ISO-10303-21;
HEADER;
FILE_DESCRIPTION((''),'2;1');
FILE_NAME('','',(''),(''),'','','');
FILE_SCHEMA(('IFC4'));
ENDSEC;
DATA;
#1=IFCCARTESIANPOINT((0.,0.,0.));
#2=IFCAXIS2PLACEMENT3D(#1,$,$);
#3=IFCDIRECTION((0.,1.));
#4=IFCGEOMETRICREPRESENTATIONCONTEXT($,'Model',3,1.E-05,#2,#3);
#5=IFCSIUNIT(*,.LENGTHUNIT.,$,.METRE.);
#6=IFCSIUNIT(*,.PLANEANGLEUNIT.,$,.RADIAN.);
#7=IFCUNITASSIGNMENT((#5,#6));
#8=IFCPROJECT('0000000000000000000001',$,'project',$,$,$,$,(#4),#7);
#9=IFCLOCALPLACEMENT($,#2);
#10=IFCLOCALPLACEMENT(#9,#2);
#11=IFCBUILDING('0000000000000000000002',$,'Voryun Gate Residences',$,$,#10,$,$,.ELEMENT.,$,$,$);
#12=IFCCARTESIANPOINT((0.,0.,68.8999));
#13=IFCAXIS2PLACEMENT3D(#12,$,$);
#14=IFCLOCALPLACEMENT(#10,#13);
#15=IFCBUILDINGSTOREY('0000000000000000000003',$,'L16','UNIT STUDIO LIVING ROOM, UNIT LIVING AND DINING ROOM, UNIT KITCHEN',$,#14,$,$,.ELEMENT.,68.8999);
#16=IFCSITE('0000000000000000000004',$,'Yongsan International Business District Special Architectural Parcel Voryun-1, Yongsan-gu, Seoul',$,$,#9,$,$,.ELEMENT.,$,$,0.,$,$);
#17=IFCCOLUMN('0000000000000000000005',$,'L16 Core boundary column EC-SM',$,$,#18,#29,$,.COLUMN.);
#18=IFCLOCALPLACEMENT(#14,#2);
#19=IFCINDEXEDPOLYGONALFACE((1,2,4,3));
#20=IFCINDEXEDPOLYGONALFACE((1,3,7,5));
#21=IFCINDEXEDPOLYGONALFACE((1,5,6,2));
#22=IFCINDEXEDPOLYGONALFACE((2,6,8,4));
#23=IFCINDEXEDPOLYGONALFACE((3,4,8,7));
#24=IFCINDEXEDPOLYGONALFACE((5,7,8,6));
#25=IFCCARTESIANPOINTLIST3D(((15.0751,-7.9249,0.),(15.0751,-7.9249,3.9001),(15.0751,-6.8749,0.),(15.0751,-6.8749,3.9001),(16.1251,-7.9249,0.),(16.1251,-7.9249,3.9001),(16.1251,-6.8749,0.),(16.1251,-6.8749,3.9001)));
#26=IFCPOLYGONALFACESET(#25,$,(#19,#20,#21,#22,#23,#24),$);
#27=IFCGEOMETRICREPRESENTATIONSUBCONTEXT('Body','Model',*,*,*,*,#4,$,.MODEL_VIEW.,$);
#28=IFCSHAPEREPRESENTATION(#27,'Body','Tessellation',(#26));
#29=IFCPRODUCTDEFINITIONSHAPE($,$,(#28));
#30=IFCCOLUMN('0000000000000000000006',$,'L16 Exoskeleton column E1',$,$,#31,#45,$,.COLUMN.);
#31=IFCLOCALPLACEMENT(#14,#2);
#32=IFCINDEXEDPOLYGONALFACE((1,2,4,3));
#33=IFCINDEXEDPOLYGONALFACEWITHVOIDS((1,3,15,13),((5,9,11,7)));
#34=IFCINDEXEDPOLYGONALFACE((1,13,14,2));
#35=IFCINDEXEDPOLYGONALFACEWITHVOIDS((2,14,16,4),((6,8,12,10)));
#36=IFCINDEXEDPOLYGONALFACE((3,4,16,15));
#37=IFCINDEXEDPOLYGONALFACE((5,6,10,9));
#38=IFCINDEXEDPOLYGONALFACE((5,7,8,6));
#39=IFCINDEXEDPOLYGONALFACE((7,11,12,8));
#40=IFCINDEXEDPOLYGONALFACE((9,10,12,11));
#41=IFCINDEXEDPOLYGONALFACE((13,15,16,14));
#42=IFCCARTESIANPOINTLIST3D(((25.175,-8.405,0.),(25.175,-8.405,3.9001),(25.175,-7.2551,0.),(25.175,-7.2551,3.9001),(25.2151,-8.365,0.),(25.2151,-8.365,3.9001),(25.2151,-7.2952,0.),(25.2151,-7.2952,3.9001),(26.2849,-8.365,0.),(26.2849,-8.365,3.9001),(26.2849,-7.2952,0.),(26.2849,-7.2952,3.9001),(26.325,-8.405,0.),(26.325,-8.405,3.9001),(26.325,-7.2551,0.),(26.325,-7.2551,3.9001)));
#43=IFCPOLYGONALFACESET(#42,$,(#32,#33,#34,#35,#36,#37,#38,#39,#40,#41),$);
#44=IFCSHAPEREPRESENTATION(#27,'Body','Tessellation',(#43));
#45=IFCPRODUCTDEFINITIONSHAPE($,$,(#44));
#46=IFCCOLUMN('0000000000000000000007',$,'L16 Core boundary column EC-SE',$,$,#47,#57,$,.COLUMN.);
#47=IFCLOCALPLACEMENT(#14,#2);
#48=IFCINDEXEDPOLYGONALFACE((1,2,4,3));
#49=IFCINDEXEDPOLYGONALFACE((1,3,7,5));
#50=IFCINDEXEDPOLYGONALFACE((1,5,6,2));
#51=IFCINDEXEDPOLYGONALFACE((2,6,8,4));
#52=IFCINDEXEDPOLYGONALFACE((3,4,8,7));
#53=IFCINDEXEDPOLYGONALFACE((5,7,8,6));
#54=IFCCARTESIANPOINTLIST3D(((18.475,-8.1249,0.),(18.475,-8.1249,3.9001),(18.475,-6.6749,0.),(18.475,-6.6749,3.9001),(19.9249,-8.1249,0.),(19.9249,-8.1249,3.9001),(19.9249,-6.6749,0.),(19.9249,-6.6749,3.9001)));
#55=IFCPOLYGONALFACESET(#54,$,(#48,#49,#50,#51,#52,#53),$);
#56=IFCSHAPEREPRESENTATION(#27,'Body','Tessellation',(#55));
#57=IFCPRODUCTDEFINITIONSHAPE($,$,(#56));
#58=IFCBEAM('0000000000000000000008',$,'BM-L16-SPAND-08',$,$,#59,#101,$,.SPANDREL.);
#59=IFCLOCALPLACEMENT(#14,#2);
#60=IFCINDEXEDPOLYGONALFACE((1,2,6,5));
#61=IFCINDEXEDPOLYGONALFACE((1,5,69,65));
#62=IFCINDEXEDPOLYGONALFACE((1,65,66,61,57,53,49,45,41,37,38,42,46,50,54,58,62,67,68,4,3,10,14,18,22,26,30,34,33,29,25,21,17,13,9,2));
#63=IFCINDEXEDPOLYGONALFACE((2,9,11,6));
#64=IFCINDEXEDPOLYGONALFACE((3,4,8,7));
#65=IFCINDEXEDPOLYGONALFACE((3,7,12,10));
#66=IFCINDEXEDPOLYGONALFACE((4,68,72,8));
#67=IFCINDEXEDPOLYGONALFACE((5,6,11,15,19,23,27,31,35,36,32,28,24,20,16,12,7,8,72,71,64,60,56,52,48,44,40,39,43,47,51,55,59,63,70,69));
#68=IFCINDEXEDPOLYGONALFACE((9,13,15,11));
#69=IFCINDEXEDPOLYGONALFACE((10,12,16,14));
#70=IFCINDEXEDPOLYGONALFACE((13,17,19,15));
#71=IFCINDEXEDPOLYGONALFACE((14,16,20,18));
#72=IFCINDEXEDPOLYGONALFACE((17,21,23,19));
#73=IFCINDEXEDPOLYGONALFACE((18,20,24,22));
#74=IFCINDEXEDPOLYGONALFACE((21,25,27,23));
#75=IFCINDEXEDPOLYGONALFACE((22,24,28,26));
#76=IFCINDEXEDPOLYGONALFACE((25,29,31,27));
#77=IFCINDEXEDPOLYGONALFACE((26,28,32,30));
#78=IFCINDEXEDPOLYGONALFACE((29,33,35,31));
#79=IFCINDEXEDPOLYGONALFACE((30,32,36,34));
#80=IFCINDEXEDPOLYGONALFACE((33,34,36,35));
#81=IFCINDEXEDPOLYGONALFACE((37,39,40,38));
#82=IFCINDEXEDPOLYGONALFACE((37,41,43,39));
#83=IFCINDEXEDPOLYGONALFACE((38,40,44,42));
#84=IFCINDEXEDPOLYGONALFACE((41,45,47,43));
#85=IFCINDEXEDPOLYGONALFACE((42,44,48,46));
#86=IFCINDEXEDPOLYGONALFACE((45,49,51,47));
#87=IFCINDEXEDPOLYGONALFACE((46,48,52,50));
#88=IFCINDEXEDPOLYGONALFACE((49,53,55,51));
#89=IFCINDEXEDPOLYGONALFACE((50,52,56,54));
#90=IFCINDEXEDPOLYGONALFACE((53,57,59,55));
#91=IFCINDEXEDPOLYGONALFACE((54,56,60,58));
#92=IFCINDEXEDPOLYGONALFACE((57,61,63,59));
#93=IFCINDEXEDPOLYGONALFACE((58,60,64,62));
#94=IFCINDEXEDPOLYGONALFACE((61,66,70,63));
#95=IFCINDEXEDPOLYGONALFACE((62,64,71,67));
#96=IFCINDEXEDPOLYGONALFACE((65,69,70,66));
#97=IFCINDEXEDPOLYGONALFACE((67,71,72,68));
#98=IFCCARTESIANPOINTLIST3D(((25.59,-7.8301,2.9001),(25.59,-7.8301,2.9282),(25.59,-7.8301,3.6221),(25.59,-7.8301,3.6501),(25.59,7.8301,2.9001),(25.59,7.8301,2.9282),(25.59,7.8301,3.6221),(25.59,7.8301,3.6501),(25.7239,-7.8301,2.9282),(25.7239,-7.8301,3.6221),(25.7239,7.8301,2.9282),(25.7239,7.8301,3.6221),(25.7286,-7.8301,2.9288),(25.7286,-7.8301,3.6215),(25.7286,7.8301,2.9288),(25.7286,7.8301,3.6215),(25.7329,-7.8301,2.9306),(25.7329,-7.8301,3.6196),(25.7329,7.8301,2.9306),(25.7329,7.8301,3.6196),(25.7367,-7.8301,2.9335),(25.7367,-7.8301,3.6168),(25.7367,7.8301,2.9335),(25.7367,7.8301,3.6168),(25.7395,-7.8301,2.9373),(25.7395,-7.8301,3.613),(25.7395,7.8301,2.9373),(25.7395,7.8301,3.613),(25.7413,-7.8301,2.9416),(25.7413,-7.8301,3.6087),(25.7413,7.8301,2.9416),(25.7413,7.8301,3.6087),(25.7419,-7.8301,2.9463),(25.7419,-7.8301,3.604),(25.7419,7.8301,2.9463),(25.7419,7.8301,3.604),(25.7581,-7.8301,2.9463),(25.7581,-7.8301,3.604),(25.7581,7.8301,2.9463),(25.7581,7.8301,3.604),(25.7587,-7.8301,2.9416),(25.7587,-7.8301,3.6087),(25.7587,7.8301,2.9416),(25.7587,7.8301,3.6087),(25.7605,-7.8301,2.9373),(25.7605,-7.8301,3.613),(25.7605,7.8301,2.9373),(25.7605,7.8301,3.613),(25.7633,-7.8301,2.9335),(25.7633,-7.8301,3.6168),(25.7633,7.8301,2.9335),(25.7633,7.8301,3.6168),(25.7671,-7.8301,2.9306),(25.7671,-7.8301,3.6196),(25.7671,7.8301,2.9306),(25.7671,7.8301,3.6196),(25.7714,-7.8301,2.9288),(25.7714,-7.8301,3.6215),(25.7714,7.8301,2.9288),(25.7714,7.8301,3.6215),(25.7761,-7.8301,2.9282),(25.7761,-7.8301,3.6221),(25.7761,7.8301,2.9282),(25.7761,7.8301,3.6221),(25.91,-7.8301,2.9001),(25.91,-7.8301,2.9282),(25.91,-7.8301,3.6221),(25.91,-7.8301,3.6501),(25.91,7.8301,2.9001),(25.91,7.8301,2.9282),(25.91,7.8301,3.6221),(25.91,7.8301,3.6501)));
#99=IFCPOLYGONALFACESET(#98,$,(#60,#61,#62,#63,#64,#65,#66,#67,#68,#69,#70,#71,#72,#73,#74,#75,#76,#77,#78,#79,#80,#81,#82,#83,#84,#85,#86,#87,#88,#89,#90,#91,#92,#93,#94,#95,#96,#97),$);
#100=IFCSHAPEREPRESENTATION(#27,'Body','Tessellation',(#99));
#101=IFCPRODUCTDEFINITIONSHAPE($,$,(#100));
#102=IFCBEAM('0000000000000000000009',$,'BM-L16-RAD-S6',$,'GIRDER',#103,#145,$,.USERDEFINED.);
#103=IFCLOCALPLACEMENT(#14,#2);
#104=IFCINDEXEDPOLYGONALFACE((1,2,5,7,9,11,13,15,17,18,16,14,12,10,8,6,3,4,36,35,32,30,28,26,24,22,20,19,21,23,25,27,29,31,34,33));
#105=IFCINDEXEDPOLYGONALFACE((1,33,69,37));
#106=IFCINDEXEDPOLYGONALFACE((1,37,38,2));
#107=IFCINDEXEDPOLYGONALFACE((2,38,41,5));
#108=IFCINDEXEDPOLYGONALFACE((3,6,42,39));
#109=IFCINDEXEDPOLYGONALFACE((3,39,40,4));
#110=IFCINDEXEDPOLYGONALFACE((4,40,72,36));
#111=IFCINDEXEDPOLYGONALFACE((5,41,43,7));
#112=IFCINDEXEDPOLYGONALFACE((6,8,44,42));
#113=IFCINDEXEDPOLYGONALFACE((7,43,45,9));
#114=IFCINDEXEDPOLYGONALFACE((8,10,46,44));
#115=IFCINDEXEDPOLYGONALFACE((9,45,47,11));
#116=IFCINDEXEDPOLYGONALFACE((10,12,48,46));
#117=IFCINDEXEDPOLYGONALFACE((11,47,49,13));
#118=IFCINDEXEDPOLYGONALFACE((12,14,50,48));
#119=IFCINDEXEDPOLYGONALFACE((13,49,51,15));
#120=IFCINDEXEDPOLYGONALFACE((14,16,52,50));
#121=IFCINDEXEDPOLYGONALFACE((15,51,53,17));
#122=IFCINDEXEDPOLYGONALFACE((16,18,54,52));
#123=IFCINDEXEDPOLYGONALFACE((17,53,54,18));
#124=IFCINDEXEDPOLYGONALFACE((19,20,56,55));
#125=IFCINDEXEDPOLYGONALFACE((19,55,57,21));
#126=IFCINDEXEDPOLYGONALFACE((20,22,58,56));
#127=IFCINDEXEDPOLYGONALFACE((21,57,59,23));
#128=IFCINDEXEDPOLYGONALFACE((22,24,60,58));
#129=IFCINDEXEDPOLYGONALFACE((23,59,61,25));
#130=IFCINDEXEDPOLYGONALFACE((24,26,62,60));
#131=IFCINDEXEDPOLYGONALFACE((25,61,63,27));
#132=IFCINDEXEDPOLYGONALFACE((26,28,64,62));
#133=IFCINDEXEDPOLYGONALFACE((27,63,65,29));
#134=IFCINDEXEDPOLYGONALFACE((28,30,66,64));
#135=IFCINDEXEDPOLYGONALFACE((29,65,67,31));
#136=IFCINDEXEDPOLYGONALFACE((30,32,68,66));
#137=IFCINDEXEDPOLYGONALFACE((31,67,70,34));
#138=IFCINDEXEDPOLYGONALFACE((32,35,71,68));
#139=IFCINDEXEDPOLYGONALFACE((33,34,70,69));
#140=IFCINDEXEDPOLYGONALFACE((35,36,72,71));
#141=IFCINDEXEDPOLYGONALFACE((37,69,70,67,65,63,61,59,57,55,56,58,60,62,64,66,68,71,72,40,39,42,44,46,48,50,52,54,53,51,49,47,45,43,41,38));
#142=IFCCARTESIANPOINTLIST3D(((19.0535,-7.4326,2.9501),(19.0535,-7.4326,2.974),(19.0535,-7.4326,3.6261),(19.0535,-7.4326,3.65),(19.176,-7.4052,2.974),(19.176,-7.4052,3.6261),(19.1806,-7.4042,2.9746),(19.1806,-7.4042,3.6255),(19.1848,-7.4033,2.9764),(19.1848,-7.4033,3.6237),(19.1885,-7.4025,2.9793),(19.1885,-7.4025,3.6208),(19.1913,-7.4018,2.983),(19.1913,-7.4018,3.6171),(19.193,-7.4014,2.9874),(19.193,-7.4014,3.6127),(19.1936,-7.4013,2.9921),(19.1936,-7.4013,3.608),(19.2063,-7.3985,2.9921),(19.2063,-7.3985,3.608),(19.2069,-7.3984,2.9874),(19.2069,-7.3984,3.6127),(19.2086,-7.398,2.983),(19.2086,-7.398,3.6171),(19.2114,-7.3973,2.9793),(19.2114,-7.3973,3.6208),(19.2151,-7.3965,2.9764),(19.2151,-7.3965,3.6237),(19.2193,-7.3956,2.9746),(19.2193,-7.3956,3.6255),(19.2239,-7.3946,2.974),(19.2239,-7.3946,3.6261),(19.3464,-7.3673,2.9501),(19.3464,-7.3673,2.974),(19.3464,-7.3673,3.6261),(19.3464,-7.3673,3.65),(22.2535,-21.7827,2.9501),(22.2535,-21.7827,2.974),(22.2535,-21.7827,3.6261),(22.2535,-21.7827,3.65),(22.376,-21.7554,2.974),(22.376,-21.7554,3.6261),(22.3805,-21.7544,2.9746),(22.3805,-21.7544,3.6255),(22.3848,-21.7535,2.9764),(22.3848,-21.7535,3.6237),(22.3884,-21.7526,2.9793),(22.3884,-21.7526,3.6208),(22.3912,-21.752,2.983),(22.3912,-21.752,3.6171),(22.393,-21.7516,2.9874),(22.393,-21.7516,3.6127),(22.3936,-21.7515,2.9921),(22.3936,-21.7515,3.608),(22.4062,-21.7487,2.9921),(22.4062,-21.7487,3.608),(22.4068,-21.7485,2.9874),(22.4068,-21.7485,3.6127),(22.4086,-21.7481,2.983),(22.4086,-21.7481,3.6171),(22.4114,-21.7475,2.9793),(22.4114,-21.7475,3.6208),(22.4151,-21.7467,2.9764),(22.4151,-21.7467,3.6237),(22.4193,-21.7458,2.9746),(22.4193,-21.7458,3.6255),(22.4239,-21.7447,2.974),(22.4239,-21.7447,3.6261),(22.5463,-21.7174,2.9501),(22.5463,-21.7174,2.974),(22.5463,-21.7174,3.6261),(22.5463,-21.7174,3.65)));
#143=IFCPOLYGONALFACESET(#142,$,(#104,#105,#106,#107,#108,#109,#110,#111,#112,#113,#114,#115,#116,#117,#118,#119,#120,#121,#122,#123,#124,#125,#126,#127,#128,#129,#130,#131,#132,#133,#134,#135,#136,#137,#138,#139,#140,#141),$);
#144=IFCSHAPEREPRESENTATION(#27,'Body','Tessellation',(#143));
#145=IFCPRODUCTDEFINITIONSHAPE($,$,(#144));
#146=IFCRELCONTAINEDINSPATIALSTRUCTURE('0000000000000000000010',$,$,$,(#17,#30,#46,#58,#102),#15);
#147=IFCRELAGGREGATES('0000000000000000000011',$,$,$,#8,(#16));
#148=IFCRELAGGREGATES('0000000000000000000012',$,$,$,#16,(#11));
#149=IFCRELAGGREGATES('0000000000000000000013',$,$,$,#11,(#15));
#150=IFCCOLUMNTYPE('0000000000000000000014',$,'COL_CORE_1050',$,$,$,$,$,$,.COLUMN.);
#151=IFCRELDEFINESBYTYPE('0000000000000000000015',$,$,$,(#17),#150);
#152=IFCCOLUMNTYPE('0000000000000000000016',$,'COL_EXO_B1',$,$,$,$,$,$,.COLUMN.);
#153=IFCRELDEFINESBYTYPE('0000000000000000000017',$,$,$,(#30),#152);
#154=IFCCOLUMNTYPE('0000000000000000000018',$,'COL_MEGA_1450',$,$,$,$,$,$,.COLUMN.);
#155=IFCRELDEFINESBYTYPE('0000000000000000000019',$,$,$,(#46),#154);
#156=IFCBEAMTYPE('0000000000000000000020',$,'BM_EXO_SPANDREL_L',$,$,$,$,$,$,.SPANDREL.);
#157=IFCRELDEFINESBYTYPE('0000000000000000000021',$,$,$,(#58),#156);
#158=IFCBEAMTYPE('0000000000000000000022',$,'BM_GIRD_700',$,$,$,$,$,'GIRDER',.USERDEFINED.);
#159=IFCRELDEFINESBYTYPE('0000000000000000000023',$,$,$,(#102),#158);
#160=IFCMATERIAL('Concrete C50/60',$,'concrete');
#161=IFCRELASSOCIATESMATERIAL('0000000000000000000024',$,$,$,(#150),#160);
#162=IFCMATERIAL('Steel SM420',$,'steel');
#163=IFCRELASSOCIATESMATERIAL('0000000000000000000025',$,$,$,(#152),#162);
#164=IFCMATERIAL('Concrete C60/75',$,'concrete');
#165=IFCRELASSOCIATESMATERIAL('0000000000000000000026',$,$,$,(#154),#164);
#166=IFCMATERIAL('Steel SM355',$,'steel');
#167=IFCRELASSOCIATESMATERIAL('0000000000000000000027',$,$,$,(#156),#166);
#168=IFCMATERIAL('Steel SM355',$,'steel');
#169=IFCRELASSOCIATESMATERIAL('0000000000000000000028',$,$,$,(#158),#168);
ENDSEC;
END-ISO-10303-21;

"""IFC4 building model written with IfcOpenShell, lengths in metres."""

from ifc_helpers import new_model, si_unit, direction, frame, origin, origin_2d, place, context, subcontext, project, spatial, rectangle, hollow_rectangle, i_section, extrude, material, material_profile, profile_set, type_object, element, save


model = new_model("IFC4")

# Units and contexts
model_context = context("Model", 3, precision=1e-05, world=origin(), true_north=direction((0.0, 1.0)))
body_context = subcontext(model_context, "Body", "Model", "MODEL_VIEW")
ifc_project = project(units=[si_unit("LENGTHUNIT", "METRE"), si_unit("PLANEANGLEUNIT", "RADIAN")], contexts=[model_context])

# Site, building, storey
site_placement = place(None, origin())
site = spatial("IfcSite", under=ifc_project, at=site_placement, Name="Yongsan International Business District Special Architectural Parcel Voryun-1, Yongsan-gu, Seoul", CompositionType="ELEMENT", RefElevation=0.0)
building_placement = place(site_placement, origin())
building = spatial("IfcBuilding", under=site, at=building_placement, Name="Voryun Gate Residences", CompositionType="ELEMENT")
storey_placement = place(building_placement, frame((0.0, 0.0, 68.8999)))
storey = spatial("IfcBuildingStorey", under=building, at=storey_placement, Name="L16", Description="UNIT STUDIO LIVING ROOM, UNIT LIVING AND DINING ROOM, UNIT KITCHEN", CompositionType="ELEMENT", Elevation=68.8999)

# Columns
ifc_material_1 = material(Name="Concrete C50/60", Category="concrete")
ifc_material_profile_1 = material_profile(ifc_material_1, rectangle(XDim=1.05, YDim=1.05, at=origin_2d()), Name="RC-1050x1050")
ifc_profile_set_1 = profile_set([ifc_material_profile_1], Name="Concrete C50/60")
column_type_1 = type_object("IfcColumnType", Name="COL_CORE_1050", PredefinedType="COLUMN", material=ifc_profile_set_1)
column_1_placement = place(storey_placement, frame((15.6001, -7.3999, 0.0), z_axis=(0.0, 0.0, 1.0), x_axis=(1.0, 0.0, 0.0)))
element("IfcColumn", 1, at=column_1_placement, inside=storey, type_object=column_type_1, Name="L16 Core boundary column EC-SM", PredefinedType="COLUMN", context=body_context, shape_type="SweptSolid", body=[
    extrude(rectangle(XDim=1.05, YDim=1.05, at=origin_2d()), origin(), (0.0, 0.0, 1.0), 3.9001),
])
ifc_material_2 = material(Name="Steel SM420", Category="steel")
ifc_material_profile_2 = material_profile(ifc_material_2, hollow_rectangle(XDim=1.1499, YDim=1.1499, WallThickness=0.04, at=origin_2d()), Name="BOX-1150x1150x40")
ifc_profile_set_2 = profile_set([ifc_material_profile_2], Name="Steel SM420")
column_type_2 = type_object("IfcColumnType", Name="COL_EXO_B1", PredefinedType="COLUMN", material=ifc_profile_set_2)
column_2_placement = place(storey_placement, frame((25.75, -7.8301, 0.0), z_axis=(0.0, 0.0, 1.0), x_axis=(1.0, 0.0, 0.0)))
element("IfcColumn", 2, at=column_2_placement, inside=storey, type_object=column_type_2, Name="L16 Exoskeleton column E1", PredefinedType="COLUMN", context=body_context, shape_type="SweptSolid", body=[
    extrude(hollow_rectangle(XDim=1.1499, YDim=1.1499, WallThickness=0.04, at=origin_2d()), origin(), (0.0, 0.0, 1.0), 3.9001),
])
ifc_material_3 = material(Name="Concrete C60/75", Category="concrete")
ifc_material_profile_3 = material_profile(ifc_material_3, rectangle(XDim=1.45, YDim=1.45, at=origin_2d()), Name="RC-1450x1450")
ifc_profile_set_3 = profile_set([ifc_material_profile_3], Name="Concrete C60/75")
column_type_3 = type_object("IfcColumnType", Name="COL_MEGA_1450", PredefinedType="COLUMN", material=ifc_profile_set_3)
column_3_placement = place(storey_placement, frame((19.2, -7.3999, 0.0), z_axis=(0.0, 0.0, 1.0), x_axis=(1.0, 0.0, 0.0)))
element("IfcColumn", 3, at=column_3_placement, inside=storey, type_object=column_type_3, Name="L16 Core boundary column EC-SE", PredefinedType="COLUMN", context=body_context, shape_type="SweptSolid", body=[
    extrude(rectangle(XDim=1.45, YDim=1.45, at=origin_2d()), origin(), (0.0, 0.0, 1.0), 3.9001),
])

# Beams
ifc_material_4 = material(Name="Steel SM355", Category="steel")
ifc_material_profile_4 = material_profile(ifc_material_4, i_section(OverallWidth=0.3201, OverallDepth=0.75, WebThickness=0.0161, FlangeThickness=0.0281, FilletRadius=0.0181, at=origin_2d()), Name="H-750x320x16x28")
ifc_profile_set_4 = profile_set([ifc_material_profile_4], Name="Steel SM355")
beam_type_1 = type_object("IfcBeamType", Name="BM_EXO_SPANDREL_L", PredefinedType="SPANDREL", material=ifc_profile_set_4)
beam_1_placement = place(storey_placement, frame((25.75, -7.8301, 3.2751), z_axis=(0.0, 1.0, 0.0), x_axis=(-1.0, 0.0, 0.0)))
element("IfcBeam", 4, at=beam_1_placement, inside=storey, type_object=beam_type_1, Name="BM-L16-SPAND-08", PredefinedType="SPANDREL", context=body_context, shape_type="SweptSolid", body=[
    extrude(i_section(OverallWidth=0.3201, OverallDepth=0.75, WebThickness=0.0161, FlangeThickness=0.0281, FilletRadius=0.0181, at=origin_2d()), origin(), (0.0, 0.0, 1.0), 15.6602),
])
ifc_material_5 = material(Name="Steel SM355", Category="steel")
ifc_material_profile_5 = material_profile(ifc_material_5, i_section(OverallWidth=0.3, OverallDepth=0.7, WebThickness=0.0129, FlangeThickness=0.0239, FilletRadius=0.0181, at=origin_2d()), Name="H-700x300x13x24")
ifc_profile_set_5 = profile_set([ifc_material_profile_5], Name="Steel SM355")
beam_type_2 = type_object("IfcBeamType", Name="BM_GIRD_700", ElementType="GIRDER", PredefinedType="USERDEFINED", material=ifc_profile_set_5)
beam_2_placement = place(storey_placement, frame((19.2, -7.3999, 3.3), z_axis=(0.217646, -0.976028, 0.0), x_axis=(0.976028, 0.217646, 0.0)))
element("IfcBeam", 5, at=beam_2_placement, inside=storey, type_object=beam_type_2, Name="BM-L16-RAD-S6", ObjectType="GIRDER", PredefinedType="USERDEFINED", context=body_context, shape_type="SweptSolid", body=[
    extrude(i_section(OverallWidth=0.3, OverallDepth=0.7, WebThickness=0.0129, FlangeThickness=0.0239, FilletRadius=0.0181, at=origin_2d()), origin(), (0.0, 0.0, 1.0), 14.7026),
])

save(model, "model.ifc")
